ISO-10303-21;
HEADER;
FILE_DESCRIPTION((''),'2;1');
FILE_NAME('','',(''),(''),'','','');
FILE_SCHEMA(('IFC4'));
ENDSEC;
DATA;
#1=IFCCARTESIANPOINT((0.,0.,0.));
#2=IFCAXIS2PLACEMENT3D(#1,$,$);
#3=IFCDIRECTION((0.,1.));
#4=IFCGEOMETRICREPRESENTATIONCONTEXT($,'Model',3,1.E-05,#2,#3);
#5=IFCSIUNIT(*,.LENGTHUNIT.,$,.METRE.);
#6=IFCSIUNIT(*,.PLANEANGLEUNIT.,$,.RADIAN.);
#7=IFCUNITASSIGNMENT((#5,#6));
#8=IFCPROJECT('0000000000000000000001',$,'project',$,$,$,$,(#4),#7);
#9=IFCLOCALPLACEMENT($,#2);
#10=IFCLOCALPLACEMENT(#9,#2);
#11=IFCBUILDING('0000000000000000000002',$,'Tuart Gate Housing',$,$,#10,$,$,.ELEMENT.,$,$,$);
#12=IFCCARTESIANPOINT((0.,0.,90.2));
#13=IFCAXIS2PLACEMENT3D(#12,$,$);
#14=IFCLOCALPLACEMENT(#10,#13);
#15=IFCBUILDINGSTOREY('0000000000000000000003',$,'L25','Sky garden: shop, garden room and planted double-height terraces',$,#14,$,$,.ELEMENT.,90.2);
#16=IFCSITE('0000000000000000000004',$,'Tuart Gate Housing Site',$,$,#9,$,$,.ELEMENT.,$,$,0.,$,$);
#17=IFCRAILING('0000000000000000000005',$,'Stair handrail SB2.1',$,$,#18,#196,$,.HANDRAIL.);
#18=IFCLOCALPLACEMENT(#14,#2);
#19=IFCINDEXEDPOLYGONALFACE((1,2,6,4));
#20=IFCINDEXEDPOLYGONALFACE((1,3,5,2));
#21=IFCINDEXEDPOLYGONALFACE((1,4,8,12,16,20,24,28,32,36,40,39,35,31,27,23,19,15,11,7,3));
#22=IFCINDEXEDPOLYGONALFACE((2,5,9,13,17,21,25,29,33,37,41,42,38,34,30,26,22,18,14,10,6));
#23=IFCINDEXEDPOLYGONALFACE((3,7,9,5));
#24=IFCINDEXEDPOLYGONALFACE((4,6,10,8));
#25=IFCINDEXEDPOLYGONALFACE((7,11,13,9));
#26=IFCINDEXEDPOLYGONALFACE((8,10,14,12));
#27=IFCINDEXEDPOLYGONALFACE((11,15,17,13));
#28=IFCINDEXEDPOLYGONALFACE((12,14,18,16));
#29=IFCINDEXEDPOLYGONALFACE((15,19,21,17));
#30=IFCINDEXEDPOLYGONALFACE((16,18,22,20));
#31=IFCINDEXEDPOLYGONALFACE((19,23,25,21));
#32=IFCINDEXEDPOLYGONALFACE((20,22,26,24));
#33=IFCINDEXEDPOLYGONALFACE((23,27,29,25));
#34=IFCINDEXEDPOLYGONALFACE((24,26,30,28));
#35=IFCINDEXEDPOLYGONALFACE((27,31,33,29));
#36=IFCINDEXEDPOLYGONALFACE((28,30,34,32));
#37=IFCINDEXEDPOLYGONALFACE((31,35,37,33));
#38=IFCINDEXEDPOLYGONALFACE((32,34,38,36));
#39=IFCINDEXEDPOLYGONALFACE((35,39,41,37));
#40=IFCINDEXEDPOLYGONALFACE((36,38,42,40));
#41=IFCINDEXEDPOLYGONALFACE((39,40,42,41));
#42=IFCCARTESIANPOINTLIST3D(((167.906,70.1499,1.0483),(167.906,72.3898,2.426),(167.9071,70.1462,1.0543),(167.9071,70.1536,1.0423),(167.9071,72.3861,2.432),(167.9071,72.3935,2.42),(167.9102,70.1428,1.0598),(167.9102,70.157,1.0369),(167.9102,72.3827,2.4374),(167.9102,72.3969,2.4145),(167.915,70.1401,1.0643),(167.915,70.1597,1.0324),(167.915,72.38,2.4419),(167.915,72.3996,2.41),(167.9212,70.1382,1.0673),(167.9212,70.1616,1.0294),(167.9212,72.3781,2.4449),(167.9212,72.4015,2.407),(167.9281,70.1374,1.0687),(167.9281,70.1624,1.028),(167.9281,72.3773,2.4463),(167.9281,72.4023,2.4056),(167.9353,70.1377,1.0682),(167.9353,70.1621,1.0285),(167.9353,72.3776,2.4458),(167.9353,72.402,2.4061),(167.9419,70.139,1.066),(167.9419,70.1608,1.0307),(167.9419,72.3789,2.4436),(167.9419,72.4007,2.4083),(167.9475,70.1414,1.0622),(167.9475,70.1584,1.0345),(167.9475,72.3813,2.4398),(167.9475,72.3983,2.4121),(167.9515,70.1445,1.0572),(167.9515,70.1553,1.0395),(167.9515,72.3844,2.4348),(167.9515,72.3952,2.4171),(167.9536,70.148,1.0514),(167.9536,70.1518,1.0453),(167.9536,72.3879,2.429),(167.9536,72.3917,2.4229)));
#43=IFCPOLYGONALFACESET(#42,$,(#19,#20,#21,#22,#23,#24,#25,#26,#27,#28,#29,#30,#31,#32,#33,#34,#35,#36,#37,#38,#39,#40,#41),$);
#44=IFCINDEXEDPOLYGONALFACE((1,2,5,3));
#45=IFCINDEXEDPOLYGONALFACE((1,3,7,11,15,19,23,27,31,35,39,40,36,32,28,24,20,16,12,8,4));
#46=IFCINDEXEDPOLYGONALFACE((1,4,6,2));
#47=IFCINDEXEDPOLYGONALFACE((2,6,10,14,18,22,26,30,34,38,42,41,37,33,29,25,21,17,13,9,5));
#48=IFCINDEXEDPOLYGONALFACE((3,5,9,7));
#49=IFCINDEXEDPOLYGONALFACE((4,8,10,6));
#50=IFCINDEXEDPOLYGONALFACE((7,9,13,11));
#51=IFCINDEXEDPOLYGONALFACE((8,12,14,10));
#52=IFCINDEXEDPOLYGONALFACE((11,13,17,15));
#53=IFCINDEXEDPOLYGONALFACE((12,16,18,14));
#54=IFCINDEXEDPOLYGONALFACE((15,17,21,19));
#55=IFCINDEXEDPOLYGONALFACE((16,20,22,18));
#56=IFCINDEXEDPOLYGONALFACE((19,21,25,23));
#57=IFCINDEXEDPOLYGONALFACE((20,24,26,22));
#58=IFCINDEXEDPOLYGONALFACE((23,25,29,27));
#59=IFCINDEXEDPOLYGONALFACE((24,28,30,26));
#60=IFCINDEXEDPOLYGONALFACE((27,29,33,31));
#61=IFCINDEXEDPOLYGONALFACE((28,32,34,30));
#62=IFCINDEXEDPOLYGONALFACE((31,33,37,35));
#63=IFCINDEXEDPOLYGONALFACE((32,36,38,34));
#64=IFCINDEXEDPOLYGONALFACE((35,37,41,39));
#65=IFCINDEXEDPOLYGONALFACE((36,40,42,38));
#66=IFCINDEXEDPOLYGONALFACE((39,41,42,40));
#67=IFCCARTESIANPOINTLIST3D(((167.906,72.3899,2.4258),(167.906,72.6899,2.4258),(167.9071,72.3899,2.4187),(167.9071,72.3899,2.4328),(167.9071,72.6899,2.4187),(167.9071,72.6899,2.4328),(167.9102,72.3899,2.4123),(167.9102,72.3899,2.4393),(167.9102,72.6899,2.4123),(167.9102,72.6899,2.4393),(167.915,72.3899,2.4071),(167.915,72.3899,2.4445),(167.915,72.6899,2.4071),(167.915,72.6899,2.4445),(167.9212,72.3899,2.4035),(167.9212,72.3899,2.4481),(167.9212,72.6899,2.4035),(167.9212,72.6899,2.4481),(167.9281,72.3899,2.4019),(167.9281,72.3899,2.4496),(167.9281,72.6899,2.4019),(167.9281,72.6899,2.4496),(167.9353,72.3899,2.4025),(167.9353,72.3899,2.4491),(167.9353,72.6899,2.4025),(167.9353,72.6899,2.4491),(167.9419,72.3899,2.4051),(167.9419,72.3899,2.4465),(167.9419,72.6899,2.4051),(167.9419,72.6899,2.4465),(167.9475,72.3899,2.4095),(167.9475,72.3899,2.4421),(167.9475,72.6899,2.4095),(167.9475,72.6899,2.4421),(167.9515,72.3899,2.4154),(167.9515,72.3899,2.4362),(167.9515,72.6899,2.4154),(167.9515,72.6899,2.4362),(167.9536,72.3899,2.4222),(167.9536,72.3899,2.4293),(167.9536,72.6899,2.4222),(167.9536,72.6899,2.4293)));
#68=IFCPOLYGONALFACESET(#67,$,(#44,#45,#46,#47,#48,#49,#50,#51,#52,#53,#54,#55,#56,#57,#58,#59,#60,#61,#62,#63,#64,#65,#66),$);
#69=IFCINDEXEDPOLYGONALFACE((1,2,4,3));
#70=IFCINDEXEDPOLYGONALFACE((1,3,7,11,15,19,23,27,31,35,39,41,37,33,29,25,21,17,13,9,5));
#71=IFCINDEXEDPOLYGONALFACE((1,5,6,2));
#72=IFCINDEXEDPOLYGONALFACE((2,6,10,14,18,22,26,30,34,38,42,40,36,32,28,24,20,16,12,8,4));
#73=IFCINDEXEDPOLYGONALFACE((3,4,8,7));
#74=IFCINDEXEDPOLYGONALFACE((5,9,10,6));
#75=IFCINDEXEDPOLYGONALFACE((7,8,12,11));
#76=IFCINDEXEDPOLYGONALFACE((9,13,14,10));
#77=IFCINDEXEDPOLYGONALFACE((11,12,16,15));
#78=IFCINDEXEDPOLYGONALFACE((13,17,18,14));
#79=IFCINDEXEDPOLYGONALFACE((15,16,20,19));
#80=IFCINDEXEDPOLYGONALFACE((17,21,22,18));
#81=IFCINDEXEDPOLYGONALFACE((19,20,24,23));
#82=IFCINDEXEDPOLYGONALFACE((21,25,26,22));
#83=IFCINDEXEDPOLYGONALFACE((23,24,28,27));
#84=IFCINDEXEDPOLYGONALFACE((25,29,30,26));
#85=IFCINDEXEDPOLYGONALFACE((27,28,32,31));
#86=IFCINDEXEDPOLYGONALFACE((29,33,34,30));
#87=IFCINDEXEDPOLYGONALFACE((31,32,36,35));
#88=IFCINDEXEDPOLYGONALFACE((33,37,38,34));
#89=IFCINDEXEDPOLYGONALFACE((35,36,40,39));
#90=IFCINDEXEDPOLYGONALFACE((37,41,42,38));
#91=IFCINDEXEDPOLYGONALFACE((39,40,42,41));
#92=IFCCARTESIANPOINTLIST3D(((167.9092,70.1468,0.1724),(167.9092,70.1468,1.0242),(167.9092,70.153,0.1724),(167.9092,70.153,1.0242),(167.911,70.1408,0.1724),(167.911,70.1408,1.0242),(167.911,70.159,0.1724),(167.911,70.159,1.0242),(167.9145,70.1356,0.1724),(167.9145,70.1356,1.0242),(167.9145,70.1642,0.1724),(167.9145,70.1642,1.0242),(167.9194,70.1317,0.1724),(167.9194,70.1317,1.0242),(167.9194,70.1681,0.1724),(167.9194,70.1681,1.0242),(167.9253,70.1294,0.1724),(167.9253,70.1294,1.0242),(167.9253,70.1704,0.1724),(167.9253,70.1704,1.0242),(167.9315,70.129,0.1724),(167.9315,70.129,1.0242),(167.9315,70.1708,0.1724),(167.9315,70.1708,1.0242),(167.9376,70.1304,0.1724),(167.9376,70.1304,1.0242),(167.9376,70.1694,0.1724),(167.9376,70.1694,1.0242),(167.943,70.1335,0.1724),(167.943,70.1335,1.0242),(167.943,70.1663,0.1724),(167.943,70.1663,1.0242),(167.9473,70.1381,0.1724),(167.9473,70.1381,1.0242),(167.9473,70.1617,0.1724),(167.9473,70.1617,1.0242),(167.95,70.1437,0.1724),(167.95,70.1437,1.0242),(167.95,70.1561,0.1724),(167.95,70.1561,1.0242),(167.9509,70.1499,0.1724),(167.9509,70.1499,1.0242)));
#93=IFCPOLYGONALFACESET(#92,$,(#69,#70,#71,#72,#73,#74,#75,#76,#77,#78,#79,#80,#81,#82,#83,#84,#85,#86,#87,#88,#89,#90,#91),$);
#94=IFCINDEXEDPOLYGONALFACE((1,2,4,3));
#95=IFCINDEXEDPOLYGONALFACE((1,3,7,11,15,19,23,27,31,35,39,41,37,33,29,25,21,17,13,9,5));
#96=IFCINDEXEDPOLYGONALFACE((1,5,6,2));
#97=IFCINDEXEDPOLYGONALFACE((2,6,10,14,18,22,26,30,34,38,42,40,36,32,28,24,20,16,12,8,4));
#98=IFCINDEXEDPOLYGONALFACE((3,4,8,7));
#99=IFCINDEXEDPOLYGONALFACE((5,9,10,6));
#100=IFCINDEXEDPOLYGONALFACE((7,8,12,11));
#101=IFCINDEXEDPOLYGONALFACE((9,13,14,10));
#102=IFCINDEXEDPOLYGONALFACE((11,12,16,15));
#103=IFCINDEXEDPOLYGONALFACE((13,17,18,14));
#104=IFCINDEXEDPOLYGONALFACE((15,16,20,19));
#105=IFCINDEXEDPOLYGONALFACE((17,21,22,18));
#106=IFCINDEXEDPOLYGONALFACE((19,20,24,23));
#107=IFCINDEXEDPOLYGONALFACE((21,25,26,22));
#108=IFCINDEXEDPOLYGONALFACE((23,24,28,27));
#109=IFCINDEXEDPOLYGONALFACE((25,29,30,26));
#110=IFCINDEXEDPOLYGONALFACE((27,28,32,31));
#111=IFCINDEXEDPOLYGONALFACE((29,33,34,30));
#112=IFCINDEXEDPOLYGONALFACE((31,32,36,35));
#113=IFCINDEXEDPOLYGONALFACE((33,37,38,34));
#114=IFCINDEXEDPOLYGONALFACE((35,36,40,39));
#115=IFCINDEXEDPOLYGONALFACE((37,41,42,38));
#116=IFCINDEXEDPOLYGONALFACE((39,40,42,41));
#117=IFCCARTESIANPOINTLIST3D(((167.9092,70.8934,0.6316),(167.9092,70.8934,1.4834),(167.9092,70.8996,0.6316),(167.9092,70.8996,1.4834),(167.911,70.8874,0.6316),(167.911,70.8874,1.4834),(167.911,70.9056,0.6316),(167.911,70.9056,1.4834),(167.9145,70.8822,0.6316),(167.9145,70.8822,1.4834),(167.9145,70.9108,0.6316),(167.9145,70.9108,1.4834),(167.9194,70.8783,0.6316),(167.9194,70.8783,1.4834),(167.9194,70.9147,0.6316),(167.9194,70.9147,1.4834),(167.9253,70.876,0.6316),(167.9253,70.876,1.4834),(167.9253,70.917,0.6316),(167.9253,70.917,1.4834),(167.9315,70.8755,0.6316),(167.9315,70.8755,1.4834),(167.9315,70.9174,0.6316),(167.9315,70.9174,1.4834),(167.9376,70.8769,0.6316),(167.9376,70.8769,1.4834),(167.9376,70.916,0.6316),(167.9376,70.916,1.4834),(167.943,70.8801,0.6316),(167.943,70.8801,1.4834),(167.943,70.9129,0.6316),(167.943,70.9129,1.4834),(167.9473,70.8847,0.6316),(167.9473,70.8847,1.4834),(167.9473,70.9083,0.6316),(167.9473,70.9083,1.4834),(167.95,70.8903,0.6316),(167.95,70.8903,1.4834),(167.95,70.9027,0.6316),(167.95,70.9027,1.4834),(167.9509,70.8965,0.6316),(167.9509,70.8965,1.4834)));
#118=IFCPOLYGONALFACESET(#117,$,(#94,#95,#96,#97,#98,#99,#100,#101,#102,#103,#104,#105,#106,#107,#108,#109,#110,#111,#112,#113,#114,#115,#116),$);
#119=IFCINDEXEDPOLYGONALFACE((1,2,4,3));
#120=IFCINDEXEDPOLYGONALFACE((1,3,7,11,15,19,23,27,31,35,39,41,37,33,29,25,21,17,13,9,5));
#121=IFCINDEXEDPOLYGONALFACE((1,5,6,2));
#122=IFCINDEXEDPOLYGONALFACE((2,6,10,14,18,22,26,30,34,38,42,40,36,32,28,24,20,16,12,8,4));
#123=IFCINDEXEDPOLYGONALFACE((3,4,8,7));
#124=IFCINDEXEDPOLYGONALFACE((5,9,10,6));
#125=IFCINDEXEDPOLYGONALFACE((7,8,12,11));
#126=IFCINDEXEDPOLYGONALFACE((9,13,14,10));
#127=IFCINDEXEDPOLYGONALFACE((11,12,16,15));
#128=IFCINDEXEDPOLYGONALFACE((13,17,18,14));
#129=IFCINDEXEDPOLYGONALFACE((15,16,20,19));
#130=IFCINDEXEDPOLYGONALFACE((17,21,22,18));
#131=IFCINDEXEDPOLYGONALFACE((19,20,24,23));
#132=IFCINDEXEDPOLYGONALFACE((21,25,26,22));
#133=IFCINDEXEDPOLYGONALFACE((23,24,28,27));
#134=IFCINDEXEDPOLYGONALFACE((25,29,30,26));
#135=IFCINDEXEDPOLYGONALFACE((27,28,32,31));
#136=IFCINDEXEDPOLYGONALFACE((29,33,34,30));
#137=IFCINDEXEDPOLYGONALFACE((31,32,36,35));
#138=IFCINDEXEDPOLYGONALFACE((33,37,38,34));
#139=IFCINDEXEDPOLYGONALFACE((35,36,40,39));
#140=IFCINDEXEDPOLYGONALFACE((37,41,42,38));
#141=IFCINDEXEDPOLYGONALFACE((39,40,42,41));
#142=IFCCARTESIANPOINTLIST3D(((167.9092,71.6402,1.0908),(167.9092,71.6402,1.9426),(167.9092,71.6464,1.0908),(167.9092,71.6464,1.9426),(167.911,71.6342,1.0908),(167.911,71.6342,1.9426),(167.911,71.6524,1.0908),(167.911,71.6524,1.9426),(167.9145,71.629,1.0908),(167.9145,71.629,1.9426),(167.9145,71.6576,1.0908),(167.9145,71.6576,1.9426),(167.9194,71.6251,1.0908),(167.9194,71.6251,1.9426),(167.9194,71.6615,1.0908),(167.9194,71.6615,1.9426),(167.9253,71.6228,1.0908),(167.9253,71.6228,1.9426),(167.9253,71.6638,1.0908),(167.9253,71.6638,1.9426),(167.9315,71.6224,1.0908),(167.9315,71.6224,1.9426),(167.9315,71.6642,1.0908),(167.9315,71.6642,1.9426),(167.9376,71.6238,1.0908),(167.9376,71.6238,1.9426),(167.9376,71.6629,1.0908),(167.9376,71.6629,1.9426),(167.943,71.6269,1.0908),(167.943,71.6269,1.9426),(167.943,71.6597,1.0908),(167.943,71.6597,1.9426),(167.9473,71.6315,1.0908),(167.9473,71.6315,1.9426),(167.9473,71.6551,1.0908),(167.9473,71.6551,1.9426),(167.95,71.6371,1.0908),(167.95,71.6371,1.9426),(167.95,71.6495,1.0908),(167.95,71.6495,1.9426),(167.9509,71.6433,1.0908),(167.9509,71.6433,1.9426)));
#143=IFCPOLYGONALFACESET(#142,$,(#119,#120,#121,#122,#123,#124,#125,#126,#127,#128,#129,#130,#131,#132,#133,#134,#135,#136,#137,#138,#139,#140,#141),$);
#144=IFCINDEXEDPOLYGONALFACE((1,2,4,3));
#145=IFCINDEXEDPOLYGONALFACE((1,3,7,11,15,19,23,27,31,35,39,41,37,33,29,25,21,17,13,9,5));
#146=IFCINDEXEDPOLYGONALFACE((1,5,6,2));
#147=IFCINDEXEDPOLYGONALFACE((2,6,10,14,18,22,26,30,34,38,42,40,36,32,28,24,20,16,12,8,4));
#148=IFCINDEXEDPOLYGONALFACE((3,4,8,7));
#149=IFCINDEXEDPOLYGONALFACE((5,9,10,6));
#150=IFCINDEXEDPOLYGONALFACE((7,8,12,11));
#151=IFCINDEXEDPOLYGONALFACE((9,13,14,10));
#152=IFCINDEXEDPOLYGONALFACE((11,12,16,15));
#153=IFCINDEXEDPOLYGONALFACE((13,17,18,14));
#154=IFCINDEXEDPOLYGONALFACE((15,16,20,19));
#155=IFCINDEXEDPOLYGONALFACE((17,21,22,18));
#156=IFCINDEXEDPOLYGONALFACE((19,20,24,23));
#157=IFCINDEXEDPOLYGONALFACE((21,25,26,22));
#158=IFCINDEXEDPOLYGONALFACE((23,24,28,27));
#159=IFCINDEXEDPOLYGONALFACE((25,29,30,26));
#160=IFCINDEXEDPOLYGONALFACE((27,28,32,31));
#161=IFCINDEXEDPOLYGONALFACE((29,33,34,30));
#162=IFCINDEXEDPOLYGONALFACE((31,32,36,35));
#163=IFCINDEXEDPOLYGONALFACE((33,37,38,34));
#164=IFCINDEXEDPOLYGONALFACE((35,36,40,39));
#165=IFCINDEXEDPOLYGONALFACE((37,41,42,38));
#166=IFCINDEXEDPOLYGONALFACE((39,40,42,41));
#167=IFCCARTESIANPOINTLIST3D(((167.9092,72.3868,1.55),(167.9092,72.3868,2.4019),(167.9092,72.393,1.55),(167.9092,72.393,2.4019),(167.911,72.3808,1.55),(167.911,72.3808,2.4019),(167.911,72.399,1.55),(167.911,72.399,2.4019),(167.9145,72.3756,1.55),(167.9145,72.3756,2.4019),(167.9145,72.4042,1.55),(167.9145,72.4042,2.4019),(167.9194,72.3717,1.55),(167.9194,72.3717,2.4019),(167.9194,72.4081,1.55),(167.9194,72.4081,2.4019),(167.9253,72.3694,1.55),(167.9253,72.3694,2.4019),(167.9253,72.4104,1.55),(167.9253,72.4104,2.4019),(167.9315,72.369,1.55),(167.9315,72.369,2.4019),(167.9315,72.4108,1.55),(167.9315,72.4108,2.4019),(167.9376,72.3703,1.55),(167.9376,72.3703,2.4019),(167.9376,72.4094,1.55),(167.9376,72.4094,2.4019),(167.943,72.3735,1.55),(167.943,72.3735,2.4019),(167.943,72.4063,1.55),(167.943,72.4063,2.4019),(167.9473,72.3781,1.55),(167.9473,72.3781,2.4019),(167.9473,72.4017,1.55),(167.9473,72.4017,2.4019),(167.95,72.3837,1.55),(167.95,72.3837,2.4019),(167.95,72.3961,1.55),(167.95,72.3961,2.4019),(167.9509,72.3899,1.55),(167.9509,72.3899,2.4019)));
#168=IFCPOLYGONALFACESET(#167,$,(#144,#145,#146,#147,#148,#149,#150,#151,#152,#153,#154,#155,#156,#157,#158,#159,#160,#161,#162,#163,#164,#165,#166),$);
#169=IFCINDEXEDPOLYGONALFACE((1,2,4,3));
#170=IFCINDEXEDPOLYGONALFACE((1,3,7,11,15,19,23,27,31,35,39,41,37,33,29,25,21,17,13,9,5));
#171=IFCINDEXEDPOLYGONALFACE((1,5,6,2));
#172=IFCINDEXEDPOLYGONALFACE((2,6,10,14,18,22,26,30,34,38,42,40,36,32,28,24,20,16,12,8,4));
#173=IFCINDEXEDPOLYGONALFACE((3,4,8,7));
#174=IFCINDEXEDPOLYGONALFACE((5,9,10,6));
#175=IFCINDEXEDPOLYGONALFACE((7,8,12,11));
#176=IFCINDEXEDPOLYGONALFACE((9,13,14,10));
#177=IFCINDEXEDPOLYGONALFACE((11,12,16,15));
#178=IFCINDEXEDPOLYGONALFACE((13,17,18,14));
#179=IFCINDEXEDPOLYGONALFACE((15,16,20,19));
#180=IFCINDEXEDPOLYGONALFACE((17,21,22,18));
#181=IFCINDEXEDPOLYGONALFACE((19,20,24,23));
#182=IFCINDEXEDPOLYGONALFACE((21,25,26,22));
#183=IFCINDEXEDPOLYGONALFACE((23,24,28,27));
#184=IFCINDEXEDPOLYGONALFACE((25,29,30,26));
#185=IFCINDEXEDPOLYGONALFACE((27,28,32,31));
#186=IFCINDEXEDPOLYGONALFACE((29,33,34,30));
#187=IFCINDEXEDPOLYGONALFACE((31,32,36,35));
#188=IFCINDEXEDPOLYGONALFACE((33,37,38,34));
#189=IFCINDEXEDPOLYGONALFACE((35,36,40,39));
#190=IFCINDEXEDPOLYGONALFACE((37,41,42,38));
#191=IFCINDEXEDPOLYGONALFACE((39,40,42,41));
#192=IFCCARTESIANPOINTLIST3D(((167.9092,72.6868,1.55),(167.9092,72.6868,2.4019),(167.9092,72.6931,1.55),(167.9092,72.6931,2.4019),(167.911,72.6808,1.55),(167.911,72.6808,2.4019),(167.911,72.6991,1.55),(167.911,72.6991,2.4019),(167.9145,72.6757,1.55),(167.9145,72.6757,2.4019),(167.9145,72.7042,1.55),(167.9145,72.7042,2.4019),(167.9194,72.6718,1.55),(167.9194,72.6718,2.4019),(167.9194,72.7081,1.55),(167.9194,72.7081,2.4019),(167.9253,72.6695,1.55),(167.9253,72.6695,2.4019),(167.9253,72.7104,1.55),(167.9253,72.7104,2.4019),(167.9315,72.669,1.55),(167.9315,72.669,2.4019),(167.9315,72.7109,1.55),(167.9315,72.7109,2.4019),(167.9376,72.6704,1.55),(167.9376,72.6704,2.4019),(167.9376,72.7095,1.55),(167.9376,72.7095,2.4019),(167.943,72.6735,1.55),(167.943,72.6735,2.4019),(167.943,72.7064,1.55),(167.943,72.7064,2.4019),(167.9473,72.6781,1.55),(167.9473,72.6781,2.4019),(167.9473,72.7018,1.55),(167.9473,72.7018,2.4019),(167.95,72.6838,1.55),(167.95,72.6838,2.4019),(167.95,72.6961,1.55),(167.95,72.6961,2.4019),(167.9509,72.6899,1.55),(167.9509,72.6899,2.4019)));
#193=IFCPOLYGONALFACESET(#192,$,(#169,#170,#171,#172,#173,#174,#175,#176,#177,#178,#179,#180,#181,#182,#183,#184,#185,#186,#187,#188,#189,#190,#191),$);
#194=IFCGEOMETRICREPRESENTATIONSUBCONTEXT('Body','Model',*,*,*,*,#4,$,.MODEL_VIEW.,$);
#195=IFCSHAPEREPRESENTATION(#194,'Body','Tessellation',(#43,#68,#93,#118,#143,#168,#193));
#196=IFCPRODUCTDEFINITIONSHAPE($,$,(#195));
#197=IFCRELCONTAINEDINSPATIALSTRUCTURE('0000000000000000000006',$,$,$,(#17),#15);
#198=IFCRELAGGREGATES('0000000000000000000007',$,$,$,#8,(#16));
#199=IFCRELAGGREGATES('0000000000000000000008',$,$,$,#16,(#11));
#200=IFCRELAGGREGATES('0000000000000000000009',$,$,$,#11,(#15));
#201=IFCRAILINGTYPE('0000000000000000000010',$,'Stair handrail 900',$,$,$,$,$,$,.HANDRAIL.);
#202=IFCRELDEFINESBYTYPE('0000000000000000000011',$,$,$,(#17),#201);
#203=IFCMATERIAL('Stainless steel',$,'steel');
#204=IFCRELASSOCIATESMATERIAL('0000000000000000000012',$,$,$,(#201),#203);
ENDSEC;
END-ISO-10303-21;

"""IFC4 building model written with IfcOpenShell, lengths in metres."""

from ifc_helpers import new_model, si_unit, direction, frame, origin, origin_2d, place, context, subcontext, project, spatial, circle, extrude, material, type_object, element, save


model = new_model("IFC4")

# Units and contexts
model_context = context("Model", 3, precision=1e-05, world=origin(), true_north=direction((0.0, 1.0)))
body_context = subcontext(model_context, "Body", "Model", "MODEL_VIEW")
ifc_project = project(units=[si_unit("LENGTHUNIT", "METRE"), si_unit("PLANEANGLEUNIT", "RADIAN")], contexts=[model_context])

# Site, building, storey
site_placement = place(None, origin())
site = spatial("IfcSite", under=ifc_project, at=site_placement, Name="Tuart Gate Housing Site", CompositionType="ELEMENT", RefElevation=0.0)
building_placement = place(site_placement, origin())
building = spatial("IfcBuilding", under=site, at=building_placement, Name="Tuart Gate Housing", CompositionType="ELEMENT")
storey_placement = place(building_placement, frame((0.0, 0.0, 90.2)))
storey = spatial("IfcBuildingStorey", under=building, at=storey_placement, Name="L25", Description="Sky garden: shop, garden room and planted double-height terraces", CompositionType="ELEMENT", Elevation=90.2)

# Railing
ifc_material_1 = material(Name="Stainless steel", Category="steel")
railing_type = type_object("IfcRailingType", Name="Stair handrail 900", PredefinedType="HANDRAIL", material=ifc_material_1)
railing_placement = place(storey_placement, frame((167.9299, 70.1499, 0.1724)))
element("IfcRailing", 1, at=railing_placement, inside=storey, type_object=railing_type, Name="Stair handrail SB2.1", PredefinedType="HANDRAIL", context=body_context, shape_type="SweptSolid", body=[
    extrude(circle(Radius=0.0239, at=origin_2d()), frame((0.0, 0.0, 0.876), z_axis=(0.0, 0.851789, 0.523885), x_axis=(-1.0, 0.0, 0.0)), (0.0, 0.0, 1.0), 2.6296),
    extrude(circle(Radius=0.0239, at=origin_2d()), frame((0.0, 2.24, 2.2534), z_axis=(0.0, 1.0, 0.0), x_axis=(-1.0, 0.0, 0.0)), (0.0, 0.0, 1.0), 0.3),
    extrude(circle(Radius=0.021, at=origin_2d()), origin(), (0.0, 0.0, 1.0), 0.8518),
    extrude(circle(Radius=0.021, at=origin_2d()), frame((0.0, 0.7466, 0.4592)), (0.0, 0.0, 1.0), 0.8518),
    extrude(circle(Radius=0.021, at=origin_2d()), frame((0.0, 1.4934, 0.9185)), (0.0, 0.0, 1.0), 0.8518),
    extrude(circle(Radius=0.021, at=origin_2d()), frame((0.0, 2.24, 1.3777)), (0.0, 0.0, 1.0), 0.8518),
    extrude(circle(Radius=0.021, at=origin_2d()), frame((0.0, 2.54, 1.3777)), (0.0, 0.0, 1.0), 0.8518),
])

save(model, "model.ifc")
